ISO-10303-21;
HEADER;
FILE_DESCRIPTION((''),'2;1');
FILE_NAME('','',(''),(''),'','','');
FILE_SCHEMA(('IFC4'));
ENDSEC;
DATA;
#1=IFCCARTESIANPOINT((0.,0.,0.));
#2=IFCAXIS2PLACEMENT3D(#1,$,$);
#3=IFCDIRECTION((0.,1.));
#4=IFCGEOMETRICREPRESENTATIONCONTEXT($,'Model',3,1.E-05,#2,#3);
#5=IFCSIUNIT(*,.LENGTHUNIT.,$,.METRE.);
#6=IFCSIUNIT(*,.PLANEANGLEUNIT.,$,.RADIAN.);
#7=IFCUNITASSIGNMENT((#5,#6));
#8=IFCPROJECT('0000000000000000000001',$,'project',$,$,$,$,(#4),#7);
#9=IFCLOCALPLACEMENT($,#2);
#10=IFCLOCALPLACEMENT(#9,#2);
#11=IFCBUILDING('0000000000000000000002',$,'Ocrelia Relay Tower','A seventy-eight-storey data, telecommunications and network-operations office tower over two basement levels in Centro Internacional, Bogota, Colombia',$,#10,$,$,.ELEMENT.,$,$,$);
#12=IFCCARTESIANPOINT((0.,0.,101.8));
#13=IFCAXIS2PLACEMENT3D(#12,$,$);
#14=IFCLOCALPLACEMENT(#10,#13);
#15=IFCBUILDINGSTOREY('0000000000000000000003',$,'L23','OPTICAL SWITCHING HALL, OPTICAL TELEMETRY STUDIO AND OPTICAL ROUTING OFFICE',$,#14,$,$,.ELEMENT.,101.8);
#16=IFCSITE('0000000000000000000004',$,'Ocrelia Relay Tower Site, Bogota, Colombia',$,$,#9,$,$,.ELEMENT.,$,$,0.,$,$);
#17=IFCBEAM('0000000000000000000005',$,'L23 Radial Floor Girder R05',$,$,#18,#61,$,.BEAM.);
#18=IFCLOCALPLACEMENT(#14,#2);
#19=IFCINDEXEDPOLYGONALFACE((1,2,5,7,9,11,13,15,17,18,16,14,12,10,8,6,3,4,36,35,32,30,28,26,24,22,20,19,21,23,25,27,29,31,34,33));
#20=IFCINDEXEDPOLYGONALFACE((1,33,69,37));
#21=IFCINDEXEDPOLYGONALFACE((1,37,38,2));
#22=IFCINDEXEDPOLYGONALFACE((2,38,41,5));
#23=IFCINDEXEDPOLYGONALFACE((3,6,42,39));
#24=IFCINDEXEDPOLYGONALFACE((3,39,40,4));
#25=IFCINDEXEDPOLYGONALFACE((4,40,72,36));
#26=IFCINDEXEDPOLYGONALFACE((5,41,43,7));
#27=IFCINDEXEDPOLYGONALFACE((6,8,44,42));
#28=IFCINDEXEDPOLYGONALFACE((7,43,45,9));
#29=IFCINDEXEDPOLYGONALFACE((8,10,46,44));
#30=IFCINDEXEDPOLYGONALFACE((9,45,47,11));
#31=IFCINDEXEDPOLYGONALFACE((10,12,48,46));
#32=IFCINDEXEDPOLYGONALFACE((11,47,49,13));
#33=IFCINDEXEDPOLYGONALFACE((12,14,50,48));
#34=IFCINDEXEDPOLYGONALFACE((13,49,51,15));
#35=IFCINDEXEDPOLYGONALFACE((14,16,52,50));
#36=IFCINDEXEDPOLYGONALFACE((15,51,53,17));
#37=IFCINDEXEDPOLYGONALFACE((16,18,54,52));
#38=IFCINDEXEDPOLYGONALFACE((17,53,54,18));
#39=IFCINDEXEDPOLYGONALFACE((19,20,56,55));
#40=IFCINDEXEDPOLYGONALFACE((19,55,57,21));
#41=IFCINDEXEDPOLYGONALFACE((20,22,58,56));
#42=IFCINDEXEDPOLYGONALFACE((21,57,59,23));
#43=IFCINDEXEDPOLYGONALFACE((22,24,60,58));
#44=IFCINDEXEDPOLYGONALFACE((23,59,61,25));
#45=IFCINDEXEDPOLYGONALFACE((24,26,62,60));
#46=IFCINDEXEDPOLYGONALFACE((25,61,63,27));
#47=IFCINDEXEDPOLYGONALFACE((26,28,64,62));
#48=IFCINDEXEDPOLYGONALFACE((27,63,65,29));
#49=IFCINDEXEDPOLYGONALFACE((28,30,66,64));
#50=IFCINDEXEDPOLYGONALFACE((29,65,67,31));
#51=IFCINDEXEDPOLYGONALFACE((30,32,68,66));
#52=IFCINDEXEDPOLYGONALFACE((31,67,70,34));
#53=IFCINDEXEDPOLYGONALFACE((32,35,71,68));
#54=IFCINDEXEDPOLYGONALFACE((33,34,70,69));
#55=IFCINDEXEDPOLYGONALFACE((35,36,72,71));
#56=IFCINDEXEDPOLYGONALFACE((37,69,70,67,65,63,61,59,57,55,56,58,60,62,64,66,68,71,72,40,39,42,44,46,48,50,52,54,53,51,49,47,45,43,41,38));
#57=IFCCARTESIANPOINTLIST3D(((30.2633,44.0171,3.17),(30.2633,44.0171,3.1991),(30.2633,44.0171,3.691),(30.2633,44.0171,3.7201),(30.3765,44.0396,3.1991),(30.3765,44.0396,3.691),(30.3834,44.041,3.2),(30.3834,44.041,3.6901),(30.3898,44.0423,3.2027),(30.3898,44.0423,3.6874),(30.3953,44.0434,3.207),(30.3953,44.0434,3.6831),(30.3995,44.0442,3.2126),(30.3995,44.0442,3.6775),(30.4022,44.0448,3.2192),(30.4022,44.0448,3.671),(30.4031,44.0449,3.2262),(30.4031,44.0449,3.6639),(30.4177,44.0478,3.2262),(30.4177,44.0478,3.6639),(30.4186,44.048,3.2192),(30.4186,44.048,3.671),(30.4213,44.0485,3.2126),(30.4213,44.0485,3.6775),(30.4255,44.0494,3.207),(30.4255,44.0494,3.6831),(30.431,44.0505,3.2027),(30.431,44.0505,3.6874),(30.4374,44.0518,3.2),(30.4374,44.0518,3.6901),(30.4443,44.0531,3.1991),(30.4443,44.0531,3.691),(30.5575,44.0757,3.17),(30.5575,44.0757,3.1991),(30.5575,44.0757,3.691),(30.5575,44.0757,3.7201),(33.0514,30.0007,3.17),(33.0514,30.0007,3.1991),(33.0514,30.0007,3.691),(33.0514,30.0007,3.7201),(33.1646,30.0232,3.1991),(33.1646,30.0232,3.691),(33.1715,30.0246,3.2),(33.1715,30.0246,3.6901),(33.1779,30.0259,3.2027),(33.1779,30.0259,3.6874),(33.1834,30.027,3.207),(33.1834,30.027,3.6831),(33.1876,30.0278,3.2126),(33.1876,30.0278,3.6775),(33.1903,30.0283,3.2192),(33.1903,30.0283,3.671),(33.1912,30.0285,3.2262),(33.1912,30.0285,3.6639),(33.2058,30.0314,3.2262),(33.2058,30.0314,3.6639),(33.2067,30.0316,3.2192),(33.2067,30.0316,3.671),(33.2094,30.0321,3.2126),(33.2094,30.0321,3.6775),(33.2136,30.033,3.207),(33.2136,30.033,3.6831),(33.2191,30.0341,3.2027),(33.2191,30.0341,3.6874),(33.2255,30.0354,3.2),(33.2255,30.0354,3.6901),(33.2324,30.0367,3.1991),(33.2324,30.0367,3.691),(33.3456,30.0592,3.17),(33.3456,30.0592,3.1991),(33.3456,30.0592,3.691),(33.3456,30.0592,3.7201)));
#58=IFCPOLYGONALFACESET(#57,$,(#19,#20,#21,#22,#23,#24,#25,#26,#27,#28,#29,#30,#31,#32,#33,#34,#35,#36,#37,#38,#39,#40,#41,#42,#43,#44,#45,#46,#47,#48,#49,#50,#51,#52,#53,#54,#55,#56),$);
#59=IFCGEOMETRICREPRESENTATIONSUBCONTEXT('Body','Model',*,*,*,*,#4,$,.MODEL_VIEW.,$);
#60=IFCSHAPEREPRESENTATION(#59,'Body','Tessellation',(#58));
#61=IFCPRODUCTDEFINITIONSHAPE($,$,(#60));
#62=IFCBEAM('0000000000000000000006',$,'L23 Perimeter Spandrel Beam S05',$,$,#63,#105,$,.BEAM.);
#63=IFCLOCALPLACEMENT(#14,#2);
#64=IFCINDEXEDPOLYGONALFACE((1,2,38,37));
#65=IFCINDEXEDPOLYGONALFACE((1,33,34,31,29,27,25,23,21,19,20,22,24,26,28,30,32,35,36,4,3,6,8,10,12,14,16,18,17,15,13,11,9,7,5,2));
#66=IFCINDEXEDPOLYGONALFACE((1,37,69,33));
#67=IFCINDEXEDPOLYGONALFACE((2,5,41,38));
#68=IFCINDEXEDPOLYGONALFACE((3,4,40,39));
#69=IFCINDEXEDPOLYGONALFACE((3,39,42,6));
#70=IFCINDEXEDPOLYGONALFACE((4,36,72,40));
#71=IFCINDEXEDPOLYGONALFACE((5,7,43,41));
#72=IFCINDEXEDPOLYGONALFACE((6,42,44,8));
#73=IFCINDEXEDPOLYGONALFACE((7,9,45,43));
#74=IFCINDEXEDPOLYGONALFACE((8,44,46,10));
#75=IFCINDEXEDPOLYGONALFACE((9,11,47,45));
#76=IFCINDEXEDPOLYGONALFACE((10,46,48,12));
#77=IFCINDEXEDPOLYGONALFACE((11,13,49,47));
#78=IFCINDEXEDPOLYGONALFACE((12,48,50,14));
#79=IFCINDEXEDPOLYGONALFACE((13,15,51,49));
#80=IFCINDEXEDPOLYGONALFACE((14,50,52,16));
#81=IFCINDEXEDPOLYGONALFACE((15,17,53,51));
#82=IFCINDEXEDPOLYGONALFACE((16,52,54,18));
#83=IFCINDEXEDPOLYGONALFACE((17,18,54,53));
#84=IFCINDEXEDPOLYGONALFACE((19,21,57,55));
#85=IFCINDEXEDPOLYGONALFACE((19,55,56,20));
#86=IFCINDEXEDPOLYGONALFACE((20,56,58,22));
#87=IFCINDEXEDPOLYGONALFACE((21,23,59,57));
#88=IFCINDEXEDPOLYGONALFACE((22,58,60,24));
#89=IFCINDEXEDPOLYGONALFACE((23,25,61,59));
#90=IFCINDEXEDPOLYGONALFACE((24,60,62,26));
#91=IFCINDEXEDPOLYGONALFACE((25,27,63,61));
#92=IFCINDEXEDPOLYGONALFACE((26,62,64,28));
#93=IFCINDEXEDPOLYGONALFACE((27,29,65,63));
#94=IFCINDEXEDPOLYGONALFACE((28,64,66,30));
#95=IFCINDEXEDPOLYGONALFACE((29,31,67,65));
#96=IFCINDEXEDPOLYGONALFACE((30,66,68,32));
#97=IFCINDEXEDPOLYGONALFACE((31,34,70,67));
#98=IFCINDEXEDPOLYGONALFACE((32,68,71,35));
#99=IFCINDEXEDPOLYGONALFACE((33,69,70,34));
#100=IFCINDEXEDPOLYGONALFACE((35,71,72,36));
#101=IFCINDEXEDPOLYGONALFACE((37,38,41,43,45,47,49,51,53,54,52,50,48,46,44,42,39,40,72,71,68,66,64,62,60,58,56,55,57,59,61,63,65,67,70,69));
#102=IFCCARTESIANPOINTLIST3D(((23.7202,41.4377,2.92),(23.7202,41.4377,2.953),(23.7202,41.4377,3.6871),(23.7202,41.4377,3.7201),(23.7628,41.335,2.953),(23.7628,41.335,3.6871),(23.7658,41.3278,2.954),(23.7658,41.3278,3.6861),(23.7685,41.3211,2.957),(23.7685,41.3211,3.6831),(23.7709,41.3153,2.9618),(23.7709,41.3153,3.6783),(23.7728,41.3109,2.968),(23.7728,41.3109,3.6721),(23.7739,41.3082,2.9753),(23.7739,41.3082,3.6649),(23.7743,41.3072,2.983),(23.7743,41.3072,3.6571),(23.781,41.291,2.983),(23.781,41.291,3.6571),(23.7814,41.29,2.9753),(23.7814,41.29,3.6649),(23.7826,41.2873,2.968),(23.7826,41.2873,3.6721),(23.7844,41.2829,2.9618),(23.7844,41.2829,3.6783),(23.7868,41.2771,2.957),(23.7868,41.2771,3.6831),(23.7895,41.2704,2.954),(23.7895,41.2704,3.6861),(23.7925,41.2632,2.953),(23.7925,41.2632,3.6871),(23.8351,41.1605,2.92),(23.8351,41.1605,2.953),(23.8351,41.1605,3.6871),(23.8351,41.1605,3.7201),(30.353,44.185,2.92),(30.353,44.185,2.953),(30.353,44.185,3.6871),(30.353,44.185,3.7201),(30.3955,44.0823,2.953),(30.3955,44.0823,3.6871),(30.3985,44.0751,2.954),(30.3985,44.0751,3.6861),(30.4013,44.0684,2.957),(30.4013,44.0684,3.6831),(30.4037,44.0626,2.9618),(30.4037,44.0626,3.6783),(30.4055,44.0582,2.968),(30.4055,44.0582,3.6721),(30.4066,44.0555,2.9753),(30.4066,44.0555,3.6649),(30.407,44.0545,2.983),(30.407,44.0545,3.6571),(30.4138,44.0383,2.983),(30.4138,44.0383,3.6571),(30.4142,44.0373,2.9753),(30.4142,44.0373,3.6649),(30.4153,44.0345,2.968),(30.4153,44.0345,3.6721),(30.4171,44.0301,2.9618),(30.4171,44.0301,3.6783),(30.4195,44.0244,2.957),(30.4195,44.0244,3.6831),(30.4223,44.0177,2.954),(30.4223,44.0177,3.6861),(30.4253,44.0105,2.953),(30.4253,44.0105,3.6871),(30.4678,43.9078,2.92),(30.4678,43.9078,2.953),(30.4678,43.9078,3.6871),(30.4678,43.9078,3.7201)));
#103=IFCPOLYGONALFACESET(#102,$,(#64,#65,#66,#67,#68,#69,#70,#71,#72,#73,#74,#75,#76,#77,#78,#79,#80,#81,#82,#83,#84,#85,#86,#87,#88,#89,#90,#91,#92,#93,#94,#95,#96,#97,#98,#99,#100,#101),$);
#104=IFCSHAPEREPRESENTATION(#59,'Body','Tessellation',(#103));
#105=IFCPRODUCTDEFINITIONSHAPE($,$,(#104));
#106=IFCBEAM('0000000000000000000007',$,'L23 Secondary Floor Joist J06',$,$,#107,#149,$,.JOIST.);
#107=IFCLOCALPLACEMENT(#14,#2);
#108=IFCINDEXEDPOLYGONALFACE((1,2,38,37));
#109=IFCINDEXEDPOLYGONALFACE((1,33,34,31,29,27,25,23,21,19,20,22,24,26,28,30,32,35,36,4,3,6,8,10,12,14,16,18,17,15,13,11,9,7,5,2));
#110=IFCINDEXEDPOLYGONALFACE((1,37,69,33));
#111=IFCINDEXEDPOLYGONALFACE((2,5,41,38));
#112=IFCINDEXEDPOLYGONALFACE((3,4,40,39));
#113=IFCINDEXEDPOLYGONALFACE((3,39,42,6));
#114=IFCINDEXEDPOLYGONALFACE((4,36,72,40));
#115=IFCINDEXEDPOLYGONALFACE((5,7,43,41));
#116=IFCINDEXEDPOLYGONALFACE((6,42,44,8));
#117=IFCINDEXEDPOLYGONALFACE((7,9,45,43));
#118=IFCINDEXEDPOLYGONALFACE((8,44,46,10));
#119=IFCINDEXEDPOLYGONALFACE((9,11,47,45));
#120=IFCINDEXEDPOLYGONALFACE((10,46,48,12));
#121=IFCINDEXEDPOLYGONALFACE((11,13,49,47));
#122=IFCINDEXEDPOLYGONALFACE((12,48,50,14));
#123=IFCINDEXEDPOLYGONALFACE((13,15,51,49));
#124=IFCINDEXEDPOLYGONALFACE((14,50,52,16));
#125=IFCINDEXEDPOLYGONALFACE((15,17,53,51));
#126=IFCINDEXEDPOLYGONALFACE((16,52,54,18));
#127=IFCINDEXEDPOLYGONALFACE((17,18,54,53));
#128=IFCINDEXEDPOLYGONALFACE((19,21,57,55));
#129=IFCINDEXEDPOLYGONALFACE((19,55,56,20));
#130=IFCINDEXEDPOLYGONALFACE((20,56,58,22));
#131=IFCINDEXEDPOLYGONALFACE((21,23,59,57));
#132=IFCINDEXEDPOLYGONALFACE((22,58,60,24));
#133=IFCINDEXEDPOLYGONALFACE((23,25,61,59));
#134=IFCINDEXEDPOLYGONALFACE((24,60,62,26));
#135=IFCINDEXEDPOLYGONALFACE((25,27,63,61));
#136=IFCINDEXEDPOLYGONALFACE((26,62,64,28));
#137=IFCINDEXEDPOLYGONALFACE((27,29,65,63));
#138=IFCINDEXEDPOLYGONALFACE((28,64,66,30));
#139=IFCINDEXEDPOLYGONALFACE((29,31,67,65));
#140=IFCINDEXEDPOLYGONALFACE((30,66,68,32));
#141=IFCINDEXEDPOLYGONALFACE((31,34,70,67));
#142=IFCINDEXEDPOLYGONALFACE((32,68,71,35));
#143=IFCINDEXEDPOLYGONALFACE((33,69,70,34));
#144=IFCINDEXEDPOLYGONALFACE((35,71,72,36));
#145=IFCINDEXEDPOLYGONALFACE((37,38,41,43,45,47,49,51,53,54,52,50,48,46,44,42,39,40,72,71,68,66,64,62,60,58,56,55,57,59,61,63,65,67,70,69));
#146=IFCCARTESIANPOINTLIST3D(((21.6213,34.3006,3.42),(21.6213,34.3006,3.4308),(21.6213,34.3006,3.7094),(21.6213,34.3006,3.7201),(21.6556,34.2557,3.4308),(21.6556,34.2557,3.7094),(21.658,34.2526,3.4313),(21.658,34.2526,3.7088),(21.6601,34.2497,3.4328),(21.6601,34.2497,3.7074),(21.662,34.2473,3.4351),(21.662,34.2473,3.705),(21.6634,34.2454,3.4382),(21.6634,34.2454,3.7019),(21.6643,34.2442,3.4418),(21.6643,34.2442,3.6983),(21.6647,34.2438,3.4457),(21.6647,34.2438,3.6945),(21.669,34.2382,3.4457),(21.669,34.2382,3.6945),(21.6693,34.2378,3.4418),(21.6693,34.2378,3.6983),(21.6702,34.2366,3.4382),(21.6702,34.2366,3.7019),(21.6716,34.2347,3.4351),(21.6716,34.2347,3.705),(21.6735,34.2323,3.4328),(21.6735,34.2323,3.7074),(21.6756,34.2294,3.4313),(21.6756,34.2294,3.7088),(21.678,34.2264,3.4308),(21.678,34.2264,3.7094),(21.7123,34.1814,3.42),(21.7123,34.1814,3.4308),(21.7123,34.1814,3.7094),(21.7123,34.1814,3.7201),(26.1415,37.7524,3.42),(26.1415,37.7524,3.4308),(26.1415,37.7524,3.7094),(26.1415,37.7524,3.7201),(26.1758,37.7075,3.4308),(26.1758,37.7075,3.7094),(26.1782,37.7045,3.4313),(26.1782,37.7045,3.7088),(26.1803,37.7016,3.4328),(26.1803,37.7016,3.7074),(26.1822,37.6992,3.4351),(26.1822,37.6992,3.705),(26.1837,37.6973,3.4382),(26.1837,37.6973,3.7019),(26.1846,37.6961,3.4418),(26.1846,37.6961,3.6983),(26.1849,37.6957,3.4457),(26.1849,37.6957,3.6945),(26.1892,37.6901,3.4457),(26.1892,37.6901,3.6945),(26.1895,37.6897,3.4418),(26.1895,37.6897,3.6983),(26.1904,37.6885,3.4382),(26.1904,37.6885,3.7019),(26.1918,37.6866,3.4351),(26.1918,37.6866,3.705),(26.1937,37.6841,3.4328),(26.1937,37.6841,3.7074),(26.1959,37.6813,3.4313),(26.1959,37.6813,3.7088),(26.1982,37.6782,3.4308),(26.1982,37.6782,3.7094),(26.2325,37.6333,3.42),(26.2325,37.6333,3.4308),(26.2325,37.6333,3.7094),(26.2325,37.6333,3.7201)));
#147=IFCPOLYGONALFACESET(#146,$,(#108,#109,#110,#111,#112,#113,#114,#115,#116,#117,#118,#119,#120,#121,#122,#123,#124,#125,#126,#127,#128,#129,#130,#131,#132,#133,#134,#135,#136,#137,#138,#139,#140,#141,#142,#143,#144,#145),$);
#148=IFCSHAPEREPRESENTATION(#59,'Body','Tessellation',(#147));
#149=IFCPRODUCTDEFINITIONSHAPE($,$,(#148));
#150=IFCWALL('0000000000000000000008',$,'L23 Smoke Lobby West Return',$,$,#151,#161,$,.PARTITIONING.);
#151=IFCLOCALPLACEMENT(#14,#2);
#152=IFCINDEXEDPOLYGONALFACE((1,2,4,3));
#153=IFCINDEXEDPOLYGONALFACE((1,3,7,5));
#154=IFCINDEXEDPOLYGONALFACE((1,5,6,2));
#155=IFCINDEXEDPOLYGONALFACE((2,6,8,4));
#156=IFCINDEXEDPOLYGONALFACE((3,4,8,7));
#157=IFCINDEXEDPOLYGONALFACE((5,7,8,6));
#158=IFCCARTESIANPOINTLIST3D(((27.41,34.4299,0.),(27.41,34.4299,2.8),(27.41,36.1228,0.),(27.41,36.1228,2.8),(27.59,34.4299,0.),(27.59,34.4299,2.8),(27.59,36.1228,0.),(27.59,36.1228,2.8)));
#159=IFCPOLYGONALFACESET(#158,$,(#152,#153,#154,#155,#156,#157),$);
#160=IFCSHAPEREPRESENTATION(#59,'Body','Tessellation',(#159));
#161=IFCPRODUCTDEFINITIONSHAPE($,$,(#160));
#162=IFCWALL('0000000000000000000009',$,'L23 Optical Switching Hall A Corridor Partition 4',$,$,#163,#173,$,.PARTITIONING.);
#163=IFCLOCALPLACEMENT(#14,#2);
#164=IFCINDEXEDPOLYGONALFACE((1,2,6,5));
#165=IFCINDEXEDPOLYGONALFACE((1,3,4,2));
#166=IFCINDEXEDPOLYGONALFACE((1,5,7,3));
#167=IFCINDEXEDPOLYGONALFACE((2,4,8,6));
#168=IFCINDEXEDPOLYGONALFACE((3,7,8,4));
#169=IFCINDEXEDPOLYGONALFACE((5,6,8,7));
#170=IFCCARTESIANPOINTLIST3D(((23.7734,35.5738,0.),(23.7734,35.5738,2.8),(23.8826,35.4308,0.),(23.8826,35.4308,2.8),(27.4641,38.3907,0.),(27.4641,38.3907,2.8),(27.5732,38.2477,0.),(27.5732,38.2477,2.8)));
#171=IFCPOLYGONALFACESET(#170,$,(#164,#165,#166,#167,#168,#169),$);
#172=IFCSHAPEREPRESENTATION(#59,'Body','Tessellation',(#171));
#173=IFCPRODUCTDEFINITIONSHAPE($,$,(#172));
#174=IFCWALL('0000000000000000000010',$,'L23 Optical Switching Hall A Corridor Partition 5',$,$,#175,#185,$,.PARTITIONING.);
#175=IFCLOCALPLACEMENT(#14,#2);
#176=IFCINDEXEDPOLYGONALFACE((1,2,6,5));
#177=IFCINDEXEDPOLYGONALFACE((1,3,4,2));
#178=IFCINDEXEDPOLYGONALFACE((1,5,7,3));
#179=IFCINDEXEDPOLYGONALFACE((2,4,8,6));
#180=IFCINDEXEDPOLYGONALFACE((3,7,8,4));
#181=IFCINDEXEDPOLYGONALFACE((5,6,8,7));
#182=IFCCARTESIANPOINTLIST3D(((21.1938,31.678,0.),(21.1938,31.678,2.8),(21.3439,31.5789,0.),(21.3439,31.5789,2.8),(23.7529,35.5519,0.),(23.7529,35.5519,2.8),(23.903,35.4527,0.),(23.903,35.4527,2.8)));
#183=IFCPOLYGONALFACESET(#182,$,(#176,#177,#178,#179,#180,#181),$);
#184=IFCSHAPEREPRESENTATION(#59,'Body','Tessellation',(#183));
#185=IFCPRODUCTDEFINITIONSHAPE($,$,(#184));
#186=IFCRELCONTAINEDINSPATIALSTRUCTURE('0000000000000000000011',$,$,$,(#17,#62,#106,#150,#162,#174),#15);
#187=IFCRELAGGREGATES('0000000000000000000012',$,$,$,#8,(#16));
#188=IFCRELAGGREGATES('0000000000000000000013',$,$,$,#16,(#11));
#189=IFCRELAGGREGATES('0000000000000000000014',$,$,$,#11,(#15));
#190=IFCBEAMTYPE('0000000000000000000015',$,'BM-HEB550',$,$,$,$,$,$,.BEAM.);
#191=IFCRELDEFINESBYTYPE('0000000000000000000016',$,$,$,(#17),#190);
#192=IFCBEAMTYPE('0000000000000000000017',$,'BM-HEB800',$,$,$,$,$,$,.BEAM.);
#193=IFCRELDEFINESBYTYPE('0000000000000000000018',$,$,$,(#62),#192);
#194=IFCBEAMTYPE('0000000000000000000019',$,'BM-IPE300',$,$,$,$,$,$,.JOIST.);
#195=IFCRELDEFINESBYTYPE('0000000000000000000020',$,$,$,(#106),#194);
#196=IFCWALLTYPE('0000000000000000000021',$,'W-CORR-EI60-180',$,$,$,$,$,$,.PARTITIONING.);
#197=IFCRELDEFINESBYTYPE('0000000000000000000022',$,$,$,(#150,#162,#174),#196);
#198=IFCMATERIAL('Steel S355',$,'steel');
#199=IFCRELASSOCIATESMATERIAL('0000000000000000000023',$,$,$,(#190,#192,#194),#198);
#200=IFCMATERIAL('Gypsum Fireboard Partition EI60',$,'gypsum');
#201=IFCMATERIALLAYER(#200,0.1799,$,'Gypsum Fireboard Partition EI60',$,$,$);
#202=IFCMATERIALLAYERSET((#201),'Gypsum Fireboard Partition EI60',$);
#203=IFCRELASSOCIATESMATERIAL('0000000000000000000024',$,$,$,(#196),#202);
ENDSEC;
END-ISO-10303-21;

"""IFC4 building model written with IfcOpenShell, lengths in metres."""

from ifc_helpers import new_model, si_unit, direction, frame, frame_2d, origin, origin_2d, place, context, subcontext, project, spatial, rectangle, i_section, extrude, material, layer, layer_set, material_profile, profile_set, type_object, element, save


model = new_model("IFC4")

# Units and contexts
model_context = context("Model", 3, precision=1e-05, world=origin(), true_north=direction((0.0, 1.0)))
body_context = subcontext(model_context, "Body", "Model", "MODEL_VIEW")
ifc_project = project(units=[si_unit("LENGTHUNIT", "METRE"), si_unit("PLANEANGLEUNIT", "RADIAN")], contexts=[model_context])

# Site, building, storey
site_placement = place(None, origin())
site = spatial("IfcSite", under=ifc_project, at=site_placement, Name="Ocrelia Relay Tower Site, Bogota, Colombia", CompositionType="ELEMENT", RefElevation=0.0)
building_placement = place(site_placement, origin())
building = spatial("IfcBuilding", under=site, at=building_placement, Name="Ocrelia Relay Tower", Description="A seventy-eight-storey data, telecommunications and network-operations office tower over two basement levels in Centro Internacional, Bogota, Colombia", CompositionType="ELEMENT")
storey_placement = place(building_placement, frame((0.0, 0.0, 101.8)))
storey = spatial("IfcBuildingStorey", under=building, at=storey_placement, Name="L23", Description="OPTICAL SWITCHING HALL, OPTICAL TELEMETRY STUDIO AND OPTICAL ROUTING OFFICE", CompositionType="ELEMENT", Elevation=101.8)

# Beams
ifc_material_1 = material(Name="Steel S355", Category="steel")
ifc_material_profile_1 = material_profile(ifc_material_1, i_section(OverallWidth=0.3, OverallDepth=0.55, WebThickness=0.0149, FlangeThickness=0.0291, FilletRadius=0.0271, at=origin_2d()), Name="HEB 550")
ifc_profile_set_1 = profile_set([ifc_material_profile_1], Name="Steel S355")
beam_type_1 = type_object("IfcBeamType", Name="BM-HEB550", PredefinedType="BEAM", material=ifc_profile_set_1)
beam_1_placement = place(storey_placement, frame((30.4104, 44.0464, 3.4451), z_axis=(0.195094, -0.980784, 0.0), x_axis=(0.980784, 0.195094, 0.0)))
element("IfcBeam", 1, at=beam_1_placement, inside=storey, type_object=beam_type_1, Name="L23 Radial Floor Girder R05", PredefinedType="BEAM", context=body_context, shape_type="SweptSolid", body=[
    extrude(i_section(OverallWidth=0.3, OverallDepth=0.55, WebThickness=0.0149, FlangeThickness=0.0291, FilletRadius=0.0271, at=origin_2d()), origin(), (0.0, 0.0, 1.0), 14.291),
])
ifc_material_profile_2 = material_profile(ifc_material_1, i_section(OverallWidth=0.3, OverallDepth=0.8, WebThickness=0.0176, FlangeThickness=0.033, FilletRadius=0.03, at=origin_2d()), Name="HEB 800")
ifc_profile_set_2 = profile_set([ifc_material_profile_2], Name="Steel S355")
beam_type_2 = type_object("IfcBeamType", Name="BM-HEB800", PredefinedType="BEAM", material=ifc_profile_set_2)
beam_2_placement = place(storey_placement, frame((30.4104, 44.0464, 3.3201), z_axis=(-0.923884, -0.382673, 0.0), x_axis=(0.382673, -0.923884, 0.0)))
element("IfcBeam", 2, at=beam_2_placement, inside=storey, type_object=beam_type_2, Name="L23 Perimeter Spandrel Beam S05", PredefinedType="BEAM", context=body_context, shape_type="SweptSolid", body=[
    extrude(i_section(OverallWidth=0.3, OverallDepth=0.8, WebThickness=0.0176, FlangeThickness=0.033, FilletRadius=0.03, at=origin_2d()), origin(), (0.0, 0.0, 1.0), 7.1792),
])
ifc_material_profile_3 = material_profile(ifc_material_1, i_section(OverallWidth=0.1499, OverallDepth=0.3, WebThickness=0.0071, FlangeThickness=0.0107, FilletRadius=0.0149, at=origin_2d()), Name="IPE 300")
ifc_profile_set_3 = profile_set([ifc_material_profile_3], Name="Steel S355")
beam_type_3 = type_object("IfcBeamType", Name="BM-IPE300", PredefinedType="JOIST", material=ifc_profile_set_3)
beam_3_placement = place(storey_placement, frame((26.187, 37.6929, 3.5701), z_axis=(-0.794762, -0.606921, 0.0), x_axis=(0.606921, -0.794762, 0.0)))
element("IfcBeam", 3, at=beam_3_placement, inside=storey, type_object=beam_type_3, Name="L23 Secondary Floor Joist J06", PredefinedType="JOIST", context=body_context, shape_type="SweptSolid", body=[
    extrude(i_section(OverallWidth=0.1499, OverallDepth=0.3, WebThickness=0.0071, FlangeThickness=0.0107, FilletRadius=0.0149, at=origin_2d()), origin(), (0.0, 0.0, 1.0), 5.6875),
])

# Wall
ifc_material_2 = material(Name="Gypsum Fireboard Partition EI60", Category="gypsum")
ifc_layer_1 = layer(ifc_material_2, 0.1799, Name="Gypsum Fireboard Partition EI60")
ifc_layer_set_1 = layer_set([ifc_layer_1], Name="Gypsum Fireboard Partition EI60")
wall_type_1 = type_object("IfcWallType", Name="W-CORR-EI60-180", PredefinedType="PARTITIONING", material=ifc_layer_set_1)
wall_1_placement = place(storey_placement, frame((27.5, 34.4299, 0.0), z_axis=(0.0, 0.0, 1.0), x_axis=(0.0, 1.0, 0.0)))
element("IfcWall", 4, at=wall_1_placement, inside=storey, type_object=wall_type_1, Name="L23 Smoke Lobby West Return", PredefinedType="PARTITIONING", context=body_context, shape_type="SweptSolid", body=[
    extrude(rectangle(XDim=1.6929, YDim=0.1799, at=frame_2d((0.8464, 0.0))), origin(), (0.0, 0.0, 1.0), 2.8),
])

# Walls
for number, where, z_axis, x_axis, name in (
    (5, (27.5186, 38.3191, 0.0), (0.0, 0.0, 1.0), (-0.794917, -0.606718, 0.0), "L23 Optical Switching Hall A Corridor Partition 4"),
    (6, (23.8279, 35.5022, 0.0), (0.0, 0.0, 1.0), (-0.5512, -0.834373, 0.0), "L23 Optical Switching Hall A Corridor Partition 5"),
):
    element("IfcWall", number, at=place(storey_placement, frame(where, z_axis=z_axis, x_axis=x_axis)), inside=storey, type_object=wall_type_1, Name=name, PredefinedType="PARTITIONING", context=body_context, shape_type="SweptSolid", body=[
        extrude(rectangle(XDim=4.6428, YDim=0.1799, at=frame_2d((2.3213, 0.0))), origin(), (0.0, 0.0, 1.0), 2.8),
    ])

save(model, "model.ifc")
